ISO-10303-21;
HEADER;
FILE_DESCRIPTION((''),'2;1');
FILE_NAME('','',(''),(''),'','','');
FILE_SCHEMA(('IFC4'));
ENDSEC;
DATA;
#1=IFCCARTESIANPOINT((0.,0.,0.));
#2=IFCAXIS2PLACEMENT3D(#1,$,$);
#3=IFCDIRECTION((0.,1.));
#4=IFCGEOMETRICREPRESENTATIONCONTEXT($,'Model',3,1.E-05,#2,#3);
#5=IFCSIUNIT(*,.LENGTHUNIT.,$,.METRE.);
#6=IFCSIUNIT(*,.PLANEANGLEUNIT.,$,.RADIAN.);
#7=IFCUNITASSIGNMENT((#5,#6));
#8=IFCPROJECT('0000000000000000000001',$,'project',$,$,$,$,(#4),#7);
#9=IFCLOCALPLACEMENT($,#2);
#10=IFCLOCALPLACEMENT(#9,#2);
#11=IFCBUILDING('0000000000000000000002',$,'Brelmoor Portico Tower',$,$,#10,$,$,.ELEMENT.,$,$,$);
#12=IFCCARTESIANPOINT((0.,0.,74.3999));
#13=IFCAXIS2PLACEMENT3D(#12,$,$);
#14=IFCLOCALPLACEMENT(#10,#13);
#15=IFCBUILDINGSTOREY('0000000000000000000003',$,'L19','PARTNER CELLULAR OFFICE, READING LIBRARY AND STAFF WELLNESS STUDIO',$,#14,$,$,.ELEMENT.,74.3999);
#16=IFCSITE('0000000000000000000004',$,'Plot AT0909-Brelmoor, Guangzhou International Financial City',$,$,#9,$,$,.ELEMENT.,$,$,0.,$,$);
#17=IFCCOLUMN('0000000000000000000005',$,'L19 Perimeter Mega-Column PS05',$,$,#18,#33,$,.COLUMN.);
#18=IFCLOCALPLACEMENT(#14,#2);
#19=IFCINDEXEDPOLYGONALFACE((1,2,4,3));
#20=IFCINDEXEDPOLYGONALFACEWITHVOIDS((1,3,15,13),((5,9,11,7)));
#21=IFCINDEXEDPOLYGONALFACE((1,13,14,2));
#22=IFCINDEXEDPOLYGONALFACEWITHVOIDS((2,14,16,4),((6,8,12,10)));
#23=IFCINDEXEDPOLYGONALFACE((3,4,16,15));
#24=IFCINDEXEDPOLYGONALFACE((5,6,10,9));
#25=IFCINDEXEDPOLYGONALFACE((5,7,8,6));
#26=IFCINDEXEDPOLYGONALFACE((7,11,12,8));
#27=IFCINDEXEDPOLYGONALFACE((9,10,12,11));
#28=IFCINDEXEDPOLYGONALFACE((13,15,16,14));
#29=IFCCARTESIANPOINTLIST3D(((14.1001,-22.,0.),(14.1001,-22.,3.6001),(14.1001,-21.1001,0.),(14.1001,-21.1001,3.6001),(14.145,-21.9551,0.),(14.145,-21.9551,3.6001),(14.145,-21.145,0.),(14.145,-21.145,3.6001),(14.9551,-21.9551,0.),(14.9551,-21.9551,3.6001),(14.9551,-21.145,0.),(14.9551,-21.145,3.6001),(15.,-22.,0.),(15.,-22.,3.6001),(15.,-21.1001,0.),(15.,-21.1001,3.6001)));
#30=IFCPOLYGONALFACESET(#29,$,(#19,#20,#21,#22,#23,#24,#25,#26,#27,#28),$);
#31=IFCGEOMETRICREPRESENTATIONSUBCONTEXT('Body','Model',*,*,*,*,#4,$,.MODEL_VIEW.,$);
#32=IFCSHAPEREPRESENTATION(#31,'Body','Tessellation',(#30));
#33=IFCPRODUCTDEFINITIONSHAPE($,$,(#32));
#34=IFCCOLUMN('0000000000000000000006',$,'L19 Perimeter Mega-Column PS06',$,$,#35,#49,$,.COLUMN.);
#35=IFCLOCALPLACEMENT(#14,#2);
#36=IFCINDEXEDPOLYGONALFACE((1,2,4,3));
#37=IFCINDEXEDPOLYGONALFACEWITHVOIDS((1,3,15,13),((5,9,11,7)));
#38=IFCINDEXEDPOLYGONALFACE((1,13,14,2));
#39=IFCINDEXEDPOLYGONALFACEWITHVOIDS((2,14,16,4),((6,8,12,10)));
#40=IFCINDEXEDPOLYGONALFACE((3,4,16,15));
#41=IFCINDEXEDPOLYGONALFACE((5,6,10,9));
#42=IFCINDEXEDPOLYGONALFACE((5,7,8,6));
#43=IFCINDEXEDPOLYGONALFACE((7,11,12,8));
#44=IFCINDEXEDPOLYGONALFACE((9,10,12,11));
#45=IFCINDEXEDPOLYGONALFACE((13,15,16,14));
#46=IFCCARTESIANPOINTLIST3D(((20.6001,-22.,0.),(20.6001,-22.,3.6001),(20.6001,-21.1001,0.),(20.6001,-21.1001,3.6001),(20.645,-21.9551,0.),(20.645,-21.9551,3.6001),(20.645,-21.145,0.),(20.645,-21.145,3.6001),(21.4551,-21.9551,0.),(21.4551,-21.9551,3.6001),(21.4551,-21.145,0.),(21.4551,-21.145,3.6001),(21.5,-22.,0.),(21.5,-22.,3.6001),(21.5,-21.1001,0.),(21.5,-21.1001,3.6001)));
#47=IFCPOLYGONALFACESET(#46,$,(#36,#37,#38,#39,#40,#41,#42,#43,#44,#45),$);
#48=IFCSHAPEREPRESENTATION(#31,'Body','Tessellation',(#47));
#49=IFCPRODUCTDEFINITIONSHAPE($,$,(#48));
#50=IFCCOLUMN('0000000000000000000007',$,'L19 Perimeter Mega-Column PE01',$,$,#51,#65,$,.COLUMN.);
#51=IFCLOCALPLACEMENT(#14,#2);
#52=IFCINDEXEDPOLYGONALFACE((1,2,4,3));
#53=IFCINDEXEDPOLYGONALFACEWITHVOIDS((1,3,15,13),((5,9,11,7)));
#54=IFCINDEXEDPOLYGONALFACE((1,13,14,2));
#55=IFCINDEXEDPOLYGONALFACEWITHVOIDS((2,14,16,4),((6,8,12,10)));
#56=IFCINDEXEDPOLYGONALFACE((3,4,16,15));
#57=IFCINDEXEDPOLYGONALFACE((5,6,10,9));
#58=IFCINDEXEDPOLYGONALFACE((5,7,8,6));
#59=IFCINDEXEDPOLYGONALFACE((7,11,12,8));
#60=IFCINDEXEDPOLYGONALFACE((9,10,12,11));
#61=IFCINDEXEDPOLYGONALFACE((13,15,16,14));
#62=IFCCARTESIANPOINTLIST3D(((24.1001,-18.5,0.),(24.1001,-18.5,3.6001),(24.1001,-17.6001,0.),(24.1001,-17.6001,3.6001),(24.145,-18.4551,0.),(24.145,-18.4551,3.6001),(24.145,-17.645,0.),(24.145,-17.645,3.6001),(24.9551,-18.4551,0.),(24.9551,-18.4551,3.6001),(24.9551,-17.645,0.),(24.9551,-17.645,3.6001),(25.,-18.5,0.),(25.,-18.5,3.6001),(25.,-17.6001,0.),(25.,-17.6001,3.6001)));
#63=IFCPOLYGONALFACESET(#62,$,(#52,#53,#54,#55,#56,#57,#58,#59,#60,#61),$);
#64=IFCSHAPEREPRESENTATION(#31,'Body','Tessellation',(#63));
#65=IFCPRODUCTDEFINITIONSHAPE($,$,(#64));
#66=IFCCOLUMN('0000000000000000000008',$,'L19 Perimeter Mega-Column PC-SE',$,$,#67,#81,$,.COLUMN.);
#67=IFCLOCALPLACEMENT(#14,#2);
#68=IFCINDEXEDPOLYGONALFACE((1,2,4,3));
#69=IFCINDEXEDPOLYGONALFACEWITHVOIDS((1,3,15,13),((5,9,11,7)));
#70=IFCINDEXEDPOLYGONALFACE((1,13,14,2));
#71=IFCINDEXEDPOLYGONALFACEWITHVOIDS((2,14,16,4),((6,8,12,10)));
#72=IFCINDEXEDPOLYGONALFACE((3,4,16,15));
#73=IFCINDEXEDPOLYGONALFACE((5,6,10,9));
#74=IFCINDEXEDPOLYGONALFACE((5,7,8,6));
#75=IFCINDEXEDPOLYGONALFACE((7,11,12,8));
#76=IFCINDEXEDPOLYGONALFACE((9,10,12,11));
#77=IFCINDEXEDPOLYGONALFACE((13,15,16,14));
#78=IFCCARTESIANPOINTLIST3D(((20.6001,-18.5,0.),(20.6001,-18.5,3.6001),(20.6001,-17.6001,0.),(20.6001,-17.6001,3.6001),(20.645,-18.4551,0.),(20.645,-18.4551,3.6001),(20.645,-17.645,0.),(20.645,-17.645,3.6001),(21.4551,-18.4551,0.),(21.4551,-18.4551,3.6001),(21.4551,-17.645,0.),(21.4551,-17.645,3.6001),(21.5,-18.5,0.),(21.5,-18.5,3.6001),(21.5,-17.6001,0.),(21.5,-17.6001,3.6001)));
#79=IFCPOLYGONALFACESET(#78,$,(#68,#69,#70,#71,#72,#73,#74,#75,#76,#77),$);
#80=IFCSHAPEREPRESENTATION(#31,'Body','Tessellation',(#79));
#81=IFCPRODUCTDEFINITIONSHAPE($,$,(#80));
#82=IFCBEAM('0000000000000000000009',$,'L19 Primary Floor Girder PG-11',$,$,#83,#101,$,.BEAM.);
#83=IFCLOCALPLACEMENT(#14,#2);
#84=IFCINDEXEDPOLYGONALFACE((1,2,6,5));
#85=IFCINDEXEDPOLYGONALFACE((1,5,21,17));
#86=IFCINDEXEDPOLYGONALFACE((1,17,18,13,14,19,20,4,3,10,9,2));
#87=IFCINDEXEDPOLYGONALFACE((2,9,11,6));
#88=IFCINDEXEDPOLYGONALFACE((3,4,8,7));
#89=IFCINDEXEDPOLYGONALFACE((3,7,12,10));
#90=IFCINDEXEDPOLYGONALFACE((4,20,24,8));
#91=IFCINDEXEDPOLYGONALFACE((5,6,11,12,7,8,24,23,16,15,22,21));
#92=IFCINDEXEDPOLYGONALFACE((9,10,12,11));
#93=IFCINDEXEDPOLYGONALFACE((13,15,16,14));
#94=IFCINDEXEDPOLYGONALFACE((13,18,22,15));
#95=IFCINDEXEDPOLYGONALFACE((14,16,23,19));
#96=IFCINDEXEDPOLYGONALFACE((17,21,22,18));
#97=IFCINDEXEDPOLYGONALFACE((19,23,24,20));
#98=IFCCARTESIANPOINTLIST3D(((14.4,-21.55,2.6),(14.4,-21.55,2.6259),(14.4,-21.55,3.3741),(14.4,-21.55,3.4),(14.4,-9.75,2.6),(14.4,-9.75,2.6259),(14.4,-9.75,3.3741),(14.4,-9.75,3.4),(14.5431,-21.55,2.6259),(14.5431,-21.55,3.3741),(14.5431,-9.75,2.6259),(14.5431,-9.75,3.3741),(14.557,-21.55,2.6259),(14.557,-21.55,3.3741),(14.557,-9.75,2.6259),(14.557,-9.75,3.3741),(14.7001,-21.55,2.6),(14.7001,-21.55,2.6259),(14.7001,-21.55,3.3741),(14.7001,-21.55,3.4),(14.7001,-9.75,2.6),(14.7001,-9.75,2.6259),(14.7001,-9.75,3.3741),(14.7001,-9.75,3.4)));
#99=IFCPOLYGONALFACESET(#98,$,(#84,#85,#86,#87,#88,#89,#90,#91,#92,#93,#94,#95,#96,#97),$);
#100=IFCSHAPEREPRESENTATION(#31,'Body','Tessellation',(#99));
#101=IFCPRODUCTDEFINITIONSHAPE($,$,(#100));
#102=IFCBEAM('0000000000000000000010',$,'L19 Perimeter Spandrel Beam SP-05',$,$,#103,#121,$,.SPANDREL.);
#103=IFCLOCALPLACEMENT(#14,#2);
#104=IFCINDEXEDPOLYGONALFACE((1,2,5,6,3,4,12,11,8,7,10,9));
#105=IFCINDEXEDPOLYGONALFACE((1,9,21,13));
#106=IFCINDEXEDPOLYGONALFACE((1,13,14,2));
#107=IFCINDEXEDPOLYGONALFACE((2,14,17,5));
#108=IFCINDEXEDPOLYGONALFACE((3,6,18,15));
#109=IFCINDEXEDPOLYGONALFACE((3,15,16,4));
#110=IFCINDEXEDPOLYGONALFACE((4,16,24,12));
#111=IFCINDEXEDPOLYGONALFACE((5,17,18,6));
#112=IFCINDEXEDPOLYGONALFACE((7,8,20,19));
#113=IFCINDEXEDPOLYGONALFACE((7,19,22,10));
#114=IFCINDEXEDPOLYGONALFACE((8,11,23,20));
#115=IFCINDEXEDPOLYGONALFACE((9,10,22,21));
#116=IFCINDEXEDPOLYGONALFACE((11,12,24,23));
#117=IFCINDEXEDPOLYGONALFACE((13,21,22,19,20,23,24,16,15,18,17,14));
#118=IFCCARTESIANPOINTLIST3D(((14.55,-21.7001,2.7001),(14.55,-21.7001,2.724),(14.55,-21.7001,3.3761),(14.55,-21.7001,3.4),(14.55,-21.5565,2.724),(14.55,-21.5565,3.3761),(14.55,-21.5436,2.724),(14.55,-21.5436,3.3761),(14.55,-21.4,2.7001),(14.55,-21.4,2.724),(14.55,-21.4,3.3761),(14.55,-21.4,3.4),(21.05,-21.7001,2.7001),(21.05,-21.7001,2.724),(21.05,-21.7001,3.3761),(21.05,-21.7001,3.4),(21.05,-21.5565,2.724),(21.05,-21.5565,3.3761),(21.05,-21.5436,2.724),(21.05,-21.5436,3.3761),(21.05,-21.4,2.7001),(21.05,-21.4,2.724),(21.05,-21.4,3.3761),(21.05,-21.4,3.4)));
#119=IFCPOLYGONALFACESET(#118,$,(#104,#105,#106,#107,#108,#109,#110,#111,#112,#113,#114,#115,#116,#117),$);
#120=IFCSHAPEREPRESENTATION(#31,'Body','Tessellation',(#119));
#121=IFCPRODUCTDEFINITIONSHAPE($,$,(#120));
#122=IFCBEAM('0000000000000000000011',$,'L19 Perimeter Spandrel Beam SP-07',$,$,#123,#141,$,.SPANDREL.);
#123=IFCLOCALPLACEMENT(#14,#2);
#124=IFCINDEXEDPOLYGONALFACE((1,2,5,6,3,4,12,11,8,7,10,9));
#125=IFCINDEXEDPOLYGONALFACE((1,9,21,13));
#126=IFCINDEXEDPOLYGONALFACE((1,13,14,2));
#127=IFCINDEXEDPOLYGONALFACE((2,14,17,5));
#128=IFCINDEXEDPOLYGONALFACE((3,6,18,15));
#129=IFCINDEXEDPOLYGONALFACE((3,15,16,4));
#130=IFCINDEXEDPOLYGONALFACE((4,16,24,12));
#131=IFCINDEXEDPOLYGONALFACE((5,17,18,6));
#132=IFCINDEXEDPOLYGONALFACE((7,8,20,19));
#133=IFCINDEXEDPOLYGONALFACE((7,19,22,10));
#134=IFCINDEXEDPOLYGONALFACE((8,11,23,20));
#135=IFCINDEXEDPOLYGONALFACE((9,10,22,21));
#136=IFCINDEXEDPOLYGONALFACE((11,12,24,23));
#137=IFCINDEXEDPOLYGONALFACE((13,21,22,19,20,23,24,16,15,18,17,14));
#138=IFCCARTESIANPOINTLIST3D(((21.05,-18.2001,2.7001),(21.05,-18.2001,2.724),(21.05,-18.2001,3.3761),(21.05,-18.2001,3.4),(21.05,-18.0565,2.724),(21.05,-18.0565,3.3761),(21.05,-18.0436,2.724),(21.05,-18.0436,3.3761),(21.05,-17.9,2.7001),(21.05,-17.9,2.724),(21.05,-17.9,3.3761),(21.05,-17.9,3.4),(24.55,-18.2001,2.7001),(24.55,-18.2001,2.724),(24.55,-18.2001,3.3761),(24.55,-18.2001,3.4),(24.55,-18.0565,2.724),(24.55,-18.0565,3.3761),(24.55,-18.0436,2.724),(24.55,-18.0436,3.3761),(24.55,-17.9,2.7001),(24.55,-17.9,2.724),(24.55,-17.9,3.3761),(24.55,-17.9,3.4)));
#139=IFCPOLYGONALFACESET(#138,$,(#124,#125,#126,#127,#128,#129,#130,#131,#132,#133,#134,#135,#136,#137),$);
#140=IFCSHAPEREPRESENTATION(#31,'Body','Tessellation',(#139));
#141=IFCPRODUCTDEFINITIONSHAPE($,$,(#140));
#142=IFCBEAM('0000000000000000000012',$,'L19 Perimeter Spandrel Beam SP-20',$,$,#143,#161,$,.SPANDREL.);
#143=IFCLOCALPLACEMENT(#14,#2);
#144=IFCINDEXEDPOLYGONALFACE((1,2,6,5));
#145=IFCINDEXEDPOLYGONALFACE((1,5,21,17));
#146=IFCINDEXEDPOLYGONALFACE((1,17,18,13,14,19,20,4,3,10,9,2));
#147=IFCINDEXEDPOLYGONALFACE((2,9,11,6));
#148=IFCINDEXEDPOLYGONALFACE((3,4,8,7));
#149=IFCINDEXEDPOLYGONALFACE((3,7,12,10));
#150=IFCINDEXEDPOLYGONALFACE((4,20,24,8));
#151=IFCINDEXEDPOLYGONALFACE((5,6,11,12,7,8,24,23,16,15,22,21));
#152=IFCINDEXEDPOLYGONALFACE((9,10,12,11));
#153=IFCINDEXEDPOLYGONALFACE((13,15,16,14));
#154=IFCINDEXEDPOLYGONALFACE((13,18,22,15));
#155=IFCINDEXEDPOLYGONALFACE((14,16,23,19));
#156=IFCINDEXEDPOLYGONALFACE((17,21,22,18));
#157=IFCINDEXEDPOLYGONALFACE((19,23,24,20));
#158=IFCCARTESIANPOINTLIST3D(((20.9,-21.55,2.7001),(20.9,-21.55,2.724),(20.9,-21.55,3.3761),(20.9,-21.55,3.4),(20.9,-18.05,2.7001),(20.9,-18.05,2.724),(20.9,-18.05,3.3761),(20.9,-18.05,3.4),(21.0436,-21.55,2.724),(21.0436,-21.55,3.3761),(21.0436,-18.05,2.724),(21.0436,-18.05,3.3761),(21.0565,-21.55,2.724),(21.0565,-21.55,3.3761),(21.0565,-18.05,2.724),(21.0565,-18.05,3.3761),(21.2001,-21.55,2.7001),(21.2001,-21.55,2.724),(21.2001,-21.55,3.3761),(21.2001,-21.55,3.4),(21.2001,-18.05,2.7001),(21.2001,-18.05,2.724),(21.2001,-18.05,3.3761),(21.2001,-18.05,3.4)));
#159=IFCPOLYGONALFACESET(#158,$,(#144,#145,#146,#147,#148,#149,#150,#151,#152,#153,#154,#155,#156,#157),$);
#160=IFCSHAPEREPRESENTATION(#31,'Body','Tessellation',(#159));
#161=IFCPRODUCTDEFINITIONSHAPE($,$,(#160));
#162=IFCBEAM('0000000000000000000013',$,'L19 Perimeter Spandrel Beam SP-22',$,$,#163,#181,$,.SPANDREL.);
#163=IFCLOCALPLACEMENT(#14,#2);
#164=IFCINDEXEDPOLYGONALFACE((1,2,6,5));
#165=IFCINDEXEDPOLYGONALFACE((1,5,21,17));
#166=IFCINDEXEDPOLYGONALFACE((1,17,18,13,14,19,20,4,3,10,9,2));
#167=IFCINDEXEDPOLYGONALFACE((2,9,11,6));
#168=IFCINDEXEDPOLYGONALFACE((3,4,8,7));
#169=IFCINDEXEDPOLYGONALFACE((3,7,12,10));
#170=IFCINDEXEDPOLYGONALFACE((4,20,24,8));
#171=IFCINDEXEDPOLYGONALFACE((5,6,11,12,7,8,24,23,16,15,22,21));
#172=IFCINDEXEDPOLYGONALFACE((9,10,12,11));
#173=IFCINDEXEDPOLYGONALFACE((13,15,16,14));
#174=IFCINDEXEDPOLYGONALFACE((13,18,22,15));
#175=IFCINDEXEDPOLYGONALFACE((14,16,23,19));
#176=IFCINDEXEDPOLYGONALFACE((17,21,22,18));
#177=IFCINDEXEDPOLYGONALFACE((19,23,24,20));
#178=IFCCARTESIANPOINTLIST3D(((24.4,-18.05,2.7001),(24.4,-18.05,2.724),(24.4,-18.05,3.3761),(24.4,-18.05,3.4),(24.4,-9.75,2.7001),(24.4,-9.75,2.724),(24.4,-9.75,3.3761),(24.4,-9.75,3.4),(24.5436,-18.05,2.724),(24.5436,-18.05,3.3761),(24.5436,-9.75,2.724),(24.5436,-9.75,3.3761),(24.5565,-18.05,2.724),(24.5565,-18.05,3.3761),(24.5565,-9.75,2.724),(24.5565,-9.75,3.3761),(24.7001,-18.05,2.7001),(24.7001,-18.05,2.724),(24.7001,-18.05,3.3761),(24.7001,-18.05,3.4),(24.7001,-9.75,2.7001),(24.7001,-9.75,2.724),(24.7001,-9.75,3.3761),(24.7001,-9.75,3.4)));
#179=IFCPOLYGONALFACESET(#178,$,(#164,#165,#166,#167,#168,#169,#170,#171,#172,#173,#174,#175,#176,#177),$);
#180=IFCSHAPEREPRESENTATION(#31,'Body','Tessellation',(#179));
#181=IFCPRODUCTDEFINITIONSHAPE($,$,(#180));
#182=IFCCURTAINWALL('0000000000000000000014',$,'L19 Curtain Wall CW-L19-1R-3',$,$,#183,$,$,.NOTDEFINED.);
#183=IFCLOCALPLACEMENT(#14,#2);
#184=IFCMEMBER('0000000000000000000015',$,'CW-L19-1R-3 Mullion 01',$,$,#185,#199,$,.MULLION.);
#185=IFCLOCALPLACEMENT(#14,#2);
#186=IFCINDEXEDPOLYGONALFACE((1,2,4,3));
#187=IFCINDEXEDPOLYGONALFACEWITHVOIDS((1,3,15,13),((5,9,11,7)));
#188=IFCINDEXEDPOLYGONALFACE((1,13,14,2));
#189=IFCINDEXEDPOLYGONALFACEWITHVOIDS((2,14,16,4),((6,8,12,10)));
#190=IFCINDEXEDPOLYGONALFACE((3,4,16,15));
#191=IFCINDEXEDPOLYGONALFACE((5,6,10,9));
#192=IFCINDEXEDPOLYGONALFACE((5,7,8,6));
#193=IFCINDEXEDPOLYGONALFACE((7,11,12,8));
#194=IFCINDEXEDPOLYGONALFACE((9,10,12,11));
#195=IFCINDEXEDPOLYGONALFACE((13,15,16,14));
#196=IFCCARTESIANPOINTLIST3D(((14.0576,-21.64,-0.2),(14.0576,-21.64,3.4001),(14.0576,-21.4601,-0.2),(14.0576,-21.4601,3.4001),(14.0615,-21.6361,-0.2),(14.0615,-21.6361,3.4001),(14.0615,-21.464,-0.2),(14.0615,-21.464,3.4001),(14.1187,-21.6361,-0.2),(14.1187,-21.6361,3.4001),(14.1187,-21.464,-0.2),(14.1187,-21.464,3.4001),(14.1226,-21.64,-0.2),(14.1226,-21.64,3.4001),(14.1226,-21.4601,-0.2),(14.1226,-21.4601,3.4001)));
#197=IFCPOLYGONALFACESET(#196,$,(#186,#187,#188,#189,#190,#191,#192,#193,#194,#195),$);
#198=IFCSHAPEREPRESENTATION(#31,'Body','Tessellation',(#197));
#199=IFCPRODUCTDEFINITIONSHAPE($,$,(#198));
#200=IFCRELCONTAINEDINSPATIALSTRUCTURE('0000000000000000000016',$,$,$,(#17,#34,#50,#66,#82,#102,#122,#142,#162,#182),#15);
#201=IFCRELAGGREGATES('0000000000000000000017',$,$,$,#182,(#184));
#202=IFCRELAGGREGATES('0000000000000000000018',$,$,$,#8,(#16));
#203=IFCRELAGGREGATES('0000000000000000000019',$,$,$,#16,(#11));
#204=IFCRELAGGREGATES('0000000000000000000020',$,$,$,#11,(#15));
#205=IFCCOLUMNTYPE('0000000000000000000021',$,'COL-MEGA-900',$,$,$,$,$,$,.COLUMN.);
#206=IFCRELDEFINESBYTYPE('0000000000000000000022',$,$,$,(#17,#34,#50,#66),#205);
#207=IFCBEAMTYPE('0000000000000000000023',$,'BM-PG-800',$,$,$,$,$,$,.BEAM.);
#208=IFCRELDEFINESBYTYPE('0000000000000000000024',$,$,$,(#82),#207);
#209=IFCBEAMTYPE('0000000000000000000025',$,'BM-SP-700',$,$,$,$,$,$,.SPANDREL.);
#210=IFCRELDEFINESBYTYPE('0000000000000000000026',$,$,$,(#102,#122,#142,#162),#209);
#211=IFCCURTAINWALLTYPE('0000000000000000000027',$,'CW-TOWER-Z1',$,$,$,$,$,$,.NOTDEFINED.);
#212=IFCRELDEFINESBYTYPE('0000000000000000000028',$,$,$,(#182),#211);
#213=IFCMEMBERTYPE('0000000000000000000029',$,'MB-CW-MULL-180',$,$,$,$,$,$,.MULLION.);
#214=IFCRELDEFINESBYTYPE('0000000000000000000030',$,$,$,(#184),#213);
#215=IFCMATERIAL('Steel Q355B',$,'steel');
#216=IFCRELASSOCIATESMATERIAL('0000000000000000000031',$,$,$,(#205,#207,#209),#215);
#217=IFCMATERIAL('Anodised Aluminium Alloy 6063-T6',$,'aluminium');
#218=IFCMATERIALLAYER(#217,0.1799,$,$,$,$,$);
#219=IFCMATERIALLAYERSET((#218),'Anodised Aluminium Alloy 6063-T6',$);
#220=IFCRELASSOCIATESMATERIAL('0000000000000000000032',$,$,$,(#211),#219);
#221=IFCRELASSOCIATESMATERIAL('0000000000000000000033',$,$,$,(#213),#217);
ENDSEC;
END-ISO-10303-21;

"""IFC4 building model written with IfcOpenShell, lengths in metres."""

from ifc_helpers import new_model, si_unit, direction, frame, origin, origin_2d, place, context, subcontext, project, spatial, hollow_rectangle, i_section, extrude, material, layer, layer_set, material_profile, profile_set, type_object, element, aggregate, save


model = new_model("IFC4")

# Units and contexts
model_context = context("Model", 3, precision=1e-05, world=origin(), true_north=direction((0.0, 1.0)))
body_context = subcontext(model_context, "Body", "Model", "MODEL_VIEW")
ifc_project = project(units=[si_unit("LENGTHUNIT", "METRE"), si_unit("PLANEANGLEUNIT", "RADIAN")], contexts=[model_context])

# Site, building, storey
site_placement = place(None, origin())
site = spatial("IfcSite", under=ifc_project, at=site_placement, Name="Plot AT0909-Brelmoor, Guangzhou International Financial City", CompositionType="ELEMENT", RefElevation=0.0)
building_placement = place(site_placement, origin())
building = spatial("IfcBuilding", under=site, at=building_placement, Name="Brelmoor Portico Tower", CompositionType="ELEMENT")
storey_placement = place(building_placement, frame((0.0, 0.0, 74.3999)))
storey = spatial("IfcBuildingStorey", under=building, at=storey_placement, Name="L19", Description="PARTNER CELLULAR OFFICE, READING LIBRARY AND STAFF WELLNESS STUDIO", CompositionType="ELEMENT", Elevation=74.3999)

# Columns
ifc_material_1 = material(Name="Steel Q355B", Category="steel")
ifc_material_profile_1 = material_profile(ifc_material_1, hollow_rectangle(XDim=0.8999, YDim=0.8999, WallThickness=0.0449, at=origin_2d()), Name="BOX 900x900x45")
ifc_profile_set_1 = profile_set([ifc_material_profile_1], Name="Steel Q355B")
column_type = type_object("IfcColumnType", Name="COL-MEGA-900", PredefinedType="COLUMN", material=ifc_profile_set_1)
for number, where, z_axis, x_axis, name in (
    (1, (14.55, -21.55, 0.0), (0.0, 0.0, 1.0), (1.0, 0.0, 0.0), "L19 Perimeter Mega-Column PS05"),
    (2, (21.05, -21.55, 0.0), (0.0, 0.0, 1.0), (1.0, 0.0, 0.0), "L19 Perimeter Mega-Column PS06"),
    (3, (24.55, -18.05, 0.0), (0.0, 0.0, 1.0), (0.0, 1.0, 0.0), "L19 Perimeter Mega-Column PE01"),
    (4, (21.05, -18.05, 0.0), (0.0, 0.0, 1.0), (1.0, 0.0, 0.0), "L19 Perimeter Mega-Column PC-SE"),
):
    element("IfcColumn", number, at=place(storey_placement, frame(where, z_axis=z_axis, x_axis=x_axis)), inside=storey, type_object=column_type, Name=name, PredefinedType="COLUMN", context=body_context, shape_type="SweptSolid", body=[
        extrude(hollow_rectangle(XDim=0.8999, YDim=0.8999, WallThickness=0.0449, at=origin_2d()), origin(), (0.0, 0.0, 1.0), 3.6001),
    ])

# Beams
ifc_material_profile_2 = material_profile(ifc_material_1, i_section(OverallWidth=0.3, OverallDepth=0.8, WebThickness=0.0139, FlangeThickness=0.0259, at=origin_2d()), Name="HN 800x300x14x26")
ifc_profile_set_2 = profile_set([ifc_material_profile_2], Name="Steel Q355B")
beam_type_1 = type_object("IfcBeamType", Name="BM-PG-800", PredefinedType="BEAM", material=ifc_profile_set_2)
beam_1_placement = place(storey_placement, frame((14.55, -21.55, 3.0), z_axis=(0.0, 1.0, 0.0), x_axis=(-1.0, 0.0, 0.0)))
element("IfcBeam", 5, at=beam_1_placement, inside=storey, type_object=beam_type_1, Name="L19 Primary Floor Girder PG-11", PredefinedType="BEAM", context=body_context, shape_type="SweptSolid", body=[
    extrude(i_section(OverallWidth=0.3, OverallDepth=0.8, WebThickness=0.0139, FlangeThickness=0.0259, at=origin_2d()), origin(), (0.0, 0.0, 1.0), 11.8),
])
ifc_material_profile_3 = material_profile(ifc_material_1, i_section(OverallWidth=0.3, OverallDepth=0.7, WebThickness=0.0129, FlangeThickness=0.0239, at=origin_2d()), Name="HN 700x300x13x24")
ifc_profile_set_3 = profile_set([ifc_material_profile_3], Name="Steel Q355B")
beam_type_2 = type_object("IfcBeamType", Name="BM-SP-700", PredefinedType="SPANDREL", material=ifc_profile_set_3)
beam_2_placement = place(storey_placement, frame((14.55, -21.55, 3.05), z_axis=(1.0, 0.0, 0.0), x_axis=(0.0, 1.0, 0.0)))
element("IfcBeam", 6, at=beam_2_placement, inside=storey, type_object=beam_type_2, Name="L19 Perimeter Spandrel Beam SP-05", PredefinedType="SPANDREL", context=body_context, shape_type="SweptSolid", body=[
    extrude(i_section(OverallWidth=0.3, OverallDepth=0.7, WebThickness=0.0129, FlangeThickness=0.0239, at=origin_2d()), origin(), (0.0, 0.0, 1.0), 6.5),
])
for number, where, z_axis, x_axis, name in (
    (7, (21.05, -18.05, 3.05), (1.0, 0.0, 0.0), (0.0, 1.0, 0.0), "L19 Perimeter Spandrel Beam SP-07"),
    (8, (21.05, -21.55, 3.05), (0.0, 1.0, 0.0), (-1.0, 0.0, 0.0), "L19 Perimeter Spandrel Beam SP-20"),
):
    element("IfcBeam", number, at=place(storey_placement, frame(where, z_axis=z_axis, x_axis=x_axis)), inside=storey, type_object=beam_type_2, Name=name, PredefinedType="SPANDREL", context=body_context, shape_type="SweptSolid", body=[
        extrude(i_section(OverallWidth=0.3, OverallDepth=0.7, WebThickness=0.0129, FlangeThickness=0.0239, at=origin_2d()), origin(), (0.0, 0.0, 1.0), 3.5),
    ])
beam_3_placement = place(storey_placement, frame((24.55, -18.05, 3.05), z_axis=(0.0, 1.0, 0.0), x_axis=(-1.0, 0.0, 0.0)))
element("IfcBeam", 9, at=beam_3_placement, inside=storey, type_object=beam_type_2, Name="L19 Perimeter Spandrel Beam SP-22", PredefinedType="SPANDREL", context=body_context, shape_type="SweptSolid", body=[
    extrude(i_section(OverallWidth=0.3, OverallDepth=0.7, WebThickness=0.0129, FlangeThickness=0.0239, at=origin_2d()), origin(), (0.0, 0.0, 1.0), 8.3),
])

# Curtain wall, member
ifc_material_2 = material(Name="Anodised Aluminium Alloy 6063-T6", Category="aluminium")
ifc_layer_1 = layer(ifc_material_2, 0.1799)
ifc_layer_set_1 = layer_set([ifc_layer_1], Name="Anodised Aluminium Alloy 6063-T6")
curtain_wall_type_1 = type_object("IfcCurtainWallType", Name="CW-TOWER-Z1", PredefinedType="NOTDEFINED", material=ifc_layer_set_1)
curtain_wall_1_placement = place(storey_placement, origin())
curtain_wall_1 = element("IfcCurtainWall", 10, at=curtain_wall_1_placement, inside=storey, type_object=curtain_wall_type_1, Name="L19 Curtain Wall CW-L19-1R-3", PredefinedType="NOTDEFINED")
ifc_material_profile_4 = material_profile(ifc_material_2, hollow_rectangle(XDim=0.0649, YDim=0.1799, WallThickness=0.0039, at=origin_2d()), Name="ALU MULLION 65x180")
ifc_profile_set_4 = profile_set([ifc_material_profile_4], Name="Anodised Aluminium Alloy 6063-T6")
member_type_1 = type_object("IfcMemberType", Name="MB-CW-MULL-180", PredefinedType="MULLION", material=ifc_profile_set_4)
member_1_placement = place(storey_placement, frame((14.0901, -21.55, -0.2), z_axis=(0.0, 0.0, 1.0), x_axis=(1.0, 0.0, 0.0)))
member_1 = element("IfcMember", 11, at=member_1_placement, type_object=member_type_1, Name="CW-L19-1R-3 Mullion 01", PredefinedType="MULLION", context=body_context, shape_type="SweptSolid", body=[
    extrude(hollow_rectangle(XDim=0.0649, YDim=0.1799, WallThickness=0.0039, at=origin_2d()), origin(), (0.0, 0.0, 1.0), 3.6001),
])

aggregate(curtain_wall_1, [member_1])

save(model, "model.ifc")
